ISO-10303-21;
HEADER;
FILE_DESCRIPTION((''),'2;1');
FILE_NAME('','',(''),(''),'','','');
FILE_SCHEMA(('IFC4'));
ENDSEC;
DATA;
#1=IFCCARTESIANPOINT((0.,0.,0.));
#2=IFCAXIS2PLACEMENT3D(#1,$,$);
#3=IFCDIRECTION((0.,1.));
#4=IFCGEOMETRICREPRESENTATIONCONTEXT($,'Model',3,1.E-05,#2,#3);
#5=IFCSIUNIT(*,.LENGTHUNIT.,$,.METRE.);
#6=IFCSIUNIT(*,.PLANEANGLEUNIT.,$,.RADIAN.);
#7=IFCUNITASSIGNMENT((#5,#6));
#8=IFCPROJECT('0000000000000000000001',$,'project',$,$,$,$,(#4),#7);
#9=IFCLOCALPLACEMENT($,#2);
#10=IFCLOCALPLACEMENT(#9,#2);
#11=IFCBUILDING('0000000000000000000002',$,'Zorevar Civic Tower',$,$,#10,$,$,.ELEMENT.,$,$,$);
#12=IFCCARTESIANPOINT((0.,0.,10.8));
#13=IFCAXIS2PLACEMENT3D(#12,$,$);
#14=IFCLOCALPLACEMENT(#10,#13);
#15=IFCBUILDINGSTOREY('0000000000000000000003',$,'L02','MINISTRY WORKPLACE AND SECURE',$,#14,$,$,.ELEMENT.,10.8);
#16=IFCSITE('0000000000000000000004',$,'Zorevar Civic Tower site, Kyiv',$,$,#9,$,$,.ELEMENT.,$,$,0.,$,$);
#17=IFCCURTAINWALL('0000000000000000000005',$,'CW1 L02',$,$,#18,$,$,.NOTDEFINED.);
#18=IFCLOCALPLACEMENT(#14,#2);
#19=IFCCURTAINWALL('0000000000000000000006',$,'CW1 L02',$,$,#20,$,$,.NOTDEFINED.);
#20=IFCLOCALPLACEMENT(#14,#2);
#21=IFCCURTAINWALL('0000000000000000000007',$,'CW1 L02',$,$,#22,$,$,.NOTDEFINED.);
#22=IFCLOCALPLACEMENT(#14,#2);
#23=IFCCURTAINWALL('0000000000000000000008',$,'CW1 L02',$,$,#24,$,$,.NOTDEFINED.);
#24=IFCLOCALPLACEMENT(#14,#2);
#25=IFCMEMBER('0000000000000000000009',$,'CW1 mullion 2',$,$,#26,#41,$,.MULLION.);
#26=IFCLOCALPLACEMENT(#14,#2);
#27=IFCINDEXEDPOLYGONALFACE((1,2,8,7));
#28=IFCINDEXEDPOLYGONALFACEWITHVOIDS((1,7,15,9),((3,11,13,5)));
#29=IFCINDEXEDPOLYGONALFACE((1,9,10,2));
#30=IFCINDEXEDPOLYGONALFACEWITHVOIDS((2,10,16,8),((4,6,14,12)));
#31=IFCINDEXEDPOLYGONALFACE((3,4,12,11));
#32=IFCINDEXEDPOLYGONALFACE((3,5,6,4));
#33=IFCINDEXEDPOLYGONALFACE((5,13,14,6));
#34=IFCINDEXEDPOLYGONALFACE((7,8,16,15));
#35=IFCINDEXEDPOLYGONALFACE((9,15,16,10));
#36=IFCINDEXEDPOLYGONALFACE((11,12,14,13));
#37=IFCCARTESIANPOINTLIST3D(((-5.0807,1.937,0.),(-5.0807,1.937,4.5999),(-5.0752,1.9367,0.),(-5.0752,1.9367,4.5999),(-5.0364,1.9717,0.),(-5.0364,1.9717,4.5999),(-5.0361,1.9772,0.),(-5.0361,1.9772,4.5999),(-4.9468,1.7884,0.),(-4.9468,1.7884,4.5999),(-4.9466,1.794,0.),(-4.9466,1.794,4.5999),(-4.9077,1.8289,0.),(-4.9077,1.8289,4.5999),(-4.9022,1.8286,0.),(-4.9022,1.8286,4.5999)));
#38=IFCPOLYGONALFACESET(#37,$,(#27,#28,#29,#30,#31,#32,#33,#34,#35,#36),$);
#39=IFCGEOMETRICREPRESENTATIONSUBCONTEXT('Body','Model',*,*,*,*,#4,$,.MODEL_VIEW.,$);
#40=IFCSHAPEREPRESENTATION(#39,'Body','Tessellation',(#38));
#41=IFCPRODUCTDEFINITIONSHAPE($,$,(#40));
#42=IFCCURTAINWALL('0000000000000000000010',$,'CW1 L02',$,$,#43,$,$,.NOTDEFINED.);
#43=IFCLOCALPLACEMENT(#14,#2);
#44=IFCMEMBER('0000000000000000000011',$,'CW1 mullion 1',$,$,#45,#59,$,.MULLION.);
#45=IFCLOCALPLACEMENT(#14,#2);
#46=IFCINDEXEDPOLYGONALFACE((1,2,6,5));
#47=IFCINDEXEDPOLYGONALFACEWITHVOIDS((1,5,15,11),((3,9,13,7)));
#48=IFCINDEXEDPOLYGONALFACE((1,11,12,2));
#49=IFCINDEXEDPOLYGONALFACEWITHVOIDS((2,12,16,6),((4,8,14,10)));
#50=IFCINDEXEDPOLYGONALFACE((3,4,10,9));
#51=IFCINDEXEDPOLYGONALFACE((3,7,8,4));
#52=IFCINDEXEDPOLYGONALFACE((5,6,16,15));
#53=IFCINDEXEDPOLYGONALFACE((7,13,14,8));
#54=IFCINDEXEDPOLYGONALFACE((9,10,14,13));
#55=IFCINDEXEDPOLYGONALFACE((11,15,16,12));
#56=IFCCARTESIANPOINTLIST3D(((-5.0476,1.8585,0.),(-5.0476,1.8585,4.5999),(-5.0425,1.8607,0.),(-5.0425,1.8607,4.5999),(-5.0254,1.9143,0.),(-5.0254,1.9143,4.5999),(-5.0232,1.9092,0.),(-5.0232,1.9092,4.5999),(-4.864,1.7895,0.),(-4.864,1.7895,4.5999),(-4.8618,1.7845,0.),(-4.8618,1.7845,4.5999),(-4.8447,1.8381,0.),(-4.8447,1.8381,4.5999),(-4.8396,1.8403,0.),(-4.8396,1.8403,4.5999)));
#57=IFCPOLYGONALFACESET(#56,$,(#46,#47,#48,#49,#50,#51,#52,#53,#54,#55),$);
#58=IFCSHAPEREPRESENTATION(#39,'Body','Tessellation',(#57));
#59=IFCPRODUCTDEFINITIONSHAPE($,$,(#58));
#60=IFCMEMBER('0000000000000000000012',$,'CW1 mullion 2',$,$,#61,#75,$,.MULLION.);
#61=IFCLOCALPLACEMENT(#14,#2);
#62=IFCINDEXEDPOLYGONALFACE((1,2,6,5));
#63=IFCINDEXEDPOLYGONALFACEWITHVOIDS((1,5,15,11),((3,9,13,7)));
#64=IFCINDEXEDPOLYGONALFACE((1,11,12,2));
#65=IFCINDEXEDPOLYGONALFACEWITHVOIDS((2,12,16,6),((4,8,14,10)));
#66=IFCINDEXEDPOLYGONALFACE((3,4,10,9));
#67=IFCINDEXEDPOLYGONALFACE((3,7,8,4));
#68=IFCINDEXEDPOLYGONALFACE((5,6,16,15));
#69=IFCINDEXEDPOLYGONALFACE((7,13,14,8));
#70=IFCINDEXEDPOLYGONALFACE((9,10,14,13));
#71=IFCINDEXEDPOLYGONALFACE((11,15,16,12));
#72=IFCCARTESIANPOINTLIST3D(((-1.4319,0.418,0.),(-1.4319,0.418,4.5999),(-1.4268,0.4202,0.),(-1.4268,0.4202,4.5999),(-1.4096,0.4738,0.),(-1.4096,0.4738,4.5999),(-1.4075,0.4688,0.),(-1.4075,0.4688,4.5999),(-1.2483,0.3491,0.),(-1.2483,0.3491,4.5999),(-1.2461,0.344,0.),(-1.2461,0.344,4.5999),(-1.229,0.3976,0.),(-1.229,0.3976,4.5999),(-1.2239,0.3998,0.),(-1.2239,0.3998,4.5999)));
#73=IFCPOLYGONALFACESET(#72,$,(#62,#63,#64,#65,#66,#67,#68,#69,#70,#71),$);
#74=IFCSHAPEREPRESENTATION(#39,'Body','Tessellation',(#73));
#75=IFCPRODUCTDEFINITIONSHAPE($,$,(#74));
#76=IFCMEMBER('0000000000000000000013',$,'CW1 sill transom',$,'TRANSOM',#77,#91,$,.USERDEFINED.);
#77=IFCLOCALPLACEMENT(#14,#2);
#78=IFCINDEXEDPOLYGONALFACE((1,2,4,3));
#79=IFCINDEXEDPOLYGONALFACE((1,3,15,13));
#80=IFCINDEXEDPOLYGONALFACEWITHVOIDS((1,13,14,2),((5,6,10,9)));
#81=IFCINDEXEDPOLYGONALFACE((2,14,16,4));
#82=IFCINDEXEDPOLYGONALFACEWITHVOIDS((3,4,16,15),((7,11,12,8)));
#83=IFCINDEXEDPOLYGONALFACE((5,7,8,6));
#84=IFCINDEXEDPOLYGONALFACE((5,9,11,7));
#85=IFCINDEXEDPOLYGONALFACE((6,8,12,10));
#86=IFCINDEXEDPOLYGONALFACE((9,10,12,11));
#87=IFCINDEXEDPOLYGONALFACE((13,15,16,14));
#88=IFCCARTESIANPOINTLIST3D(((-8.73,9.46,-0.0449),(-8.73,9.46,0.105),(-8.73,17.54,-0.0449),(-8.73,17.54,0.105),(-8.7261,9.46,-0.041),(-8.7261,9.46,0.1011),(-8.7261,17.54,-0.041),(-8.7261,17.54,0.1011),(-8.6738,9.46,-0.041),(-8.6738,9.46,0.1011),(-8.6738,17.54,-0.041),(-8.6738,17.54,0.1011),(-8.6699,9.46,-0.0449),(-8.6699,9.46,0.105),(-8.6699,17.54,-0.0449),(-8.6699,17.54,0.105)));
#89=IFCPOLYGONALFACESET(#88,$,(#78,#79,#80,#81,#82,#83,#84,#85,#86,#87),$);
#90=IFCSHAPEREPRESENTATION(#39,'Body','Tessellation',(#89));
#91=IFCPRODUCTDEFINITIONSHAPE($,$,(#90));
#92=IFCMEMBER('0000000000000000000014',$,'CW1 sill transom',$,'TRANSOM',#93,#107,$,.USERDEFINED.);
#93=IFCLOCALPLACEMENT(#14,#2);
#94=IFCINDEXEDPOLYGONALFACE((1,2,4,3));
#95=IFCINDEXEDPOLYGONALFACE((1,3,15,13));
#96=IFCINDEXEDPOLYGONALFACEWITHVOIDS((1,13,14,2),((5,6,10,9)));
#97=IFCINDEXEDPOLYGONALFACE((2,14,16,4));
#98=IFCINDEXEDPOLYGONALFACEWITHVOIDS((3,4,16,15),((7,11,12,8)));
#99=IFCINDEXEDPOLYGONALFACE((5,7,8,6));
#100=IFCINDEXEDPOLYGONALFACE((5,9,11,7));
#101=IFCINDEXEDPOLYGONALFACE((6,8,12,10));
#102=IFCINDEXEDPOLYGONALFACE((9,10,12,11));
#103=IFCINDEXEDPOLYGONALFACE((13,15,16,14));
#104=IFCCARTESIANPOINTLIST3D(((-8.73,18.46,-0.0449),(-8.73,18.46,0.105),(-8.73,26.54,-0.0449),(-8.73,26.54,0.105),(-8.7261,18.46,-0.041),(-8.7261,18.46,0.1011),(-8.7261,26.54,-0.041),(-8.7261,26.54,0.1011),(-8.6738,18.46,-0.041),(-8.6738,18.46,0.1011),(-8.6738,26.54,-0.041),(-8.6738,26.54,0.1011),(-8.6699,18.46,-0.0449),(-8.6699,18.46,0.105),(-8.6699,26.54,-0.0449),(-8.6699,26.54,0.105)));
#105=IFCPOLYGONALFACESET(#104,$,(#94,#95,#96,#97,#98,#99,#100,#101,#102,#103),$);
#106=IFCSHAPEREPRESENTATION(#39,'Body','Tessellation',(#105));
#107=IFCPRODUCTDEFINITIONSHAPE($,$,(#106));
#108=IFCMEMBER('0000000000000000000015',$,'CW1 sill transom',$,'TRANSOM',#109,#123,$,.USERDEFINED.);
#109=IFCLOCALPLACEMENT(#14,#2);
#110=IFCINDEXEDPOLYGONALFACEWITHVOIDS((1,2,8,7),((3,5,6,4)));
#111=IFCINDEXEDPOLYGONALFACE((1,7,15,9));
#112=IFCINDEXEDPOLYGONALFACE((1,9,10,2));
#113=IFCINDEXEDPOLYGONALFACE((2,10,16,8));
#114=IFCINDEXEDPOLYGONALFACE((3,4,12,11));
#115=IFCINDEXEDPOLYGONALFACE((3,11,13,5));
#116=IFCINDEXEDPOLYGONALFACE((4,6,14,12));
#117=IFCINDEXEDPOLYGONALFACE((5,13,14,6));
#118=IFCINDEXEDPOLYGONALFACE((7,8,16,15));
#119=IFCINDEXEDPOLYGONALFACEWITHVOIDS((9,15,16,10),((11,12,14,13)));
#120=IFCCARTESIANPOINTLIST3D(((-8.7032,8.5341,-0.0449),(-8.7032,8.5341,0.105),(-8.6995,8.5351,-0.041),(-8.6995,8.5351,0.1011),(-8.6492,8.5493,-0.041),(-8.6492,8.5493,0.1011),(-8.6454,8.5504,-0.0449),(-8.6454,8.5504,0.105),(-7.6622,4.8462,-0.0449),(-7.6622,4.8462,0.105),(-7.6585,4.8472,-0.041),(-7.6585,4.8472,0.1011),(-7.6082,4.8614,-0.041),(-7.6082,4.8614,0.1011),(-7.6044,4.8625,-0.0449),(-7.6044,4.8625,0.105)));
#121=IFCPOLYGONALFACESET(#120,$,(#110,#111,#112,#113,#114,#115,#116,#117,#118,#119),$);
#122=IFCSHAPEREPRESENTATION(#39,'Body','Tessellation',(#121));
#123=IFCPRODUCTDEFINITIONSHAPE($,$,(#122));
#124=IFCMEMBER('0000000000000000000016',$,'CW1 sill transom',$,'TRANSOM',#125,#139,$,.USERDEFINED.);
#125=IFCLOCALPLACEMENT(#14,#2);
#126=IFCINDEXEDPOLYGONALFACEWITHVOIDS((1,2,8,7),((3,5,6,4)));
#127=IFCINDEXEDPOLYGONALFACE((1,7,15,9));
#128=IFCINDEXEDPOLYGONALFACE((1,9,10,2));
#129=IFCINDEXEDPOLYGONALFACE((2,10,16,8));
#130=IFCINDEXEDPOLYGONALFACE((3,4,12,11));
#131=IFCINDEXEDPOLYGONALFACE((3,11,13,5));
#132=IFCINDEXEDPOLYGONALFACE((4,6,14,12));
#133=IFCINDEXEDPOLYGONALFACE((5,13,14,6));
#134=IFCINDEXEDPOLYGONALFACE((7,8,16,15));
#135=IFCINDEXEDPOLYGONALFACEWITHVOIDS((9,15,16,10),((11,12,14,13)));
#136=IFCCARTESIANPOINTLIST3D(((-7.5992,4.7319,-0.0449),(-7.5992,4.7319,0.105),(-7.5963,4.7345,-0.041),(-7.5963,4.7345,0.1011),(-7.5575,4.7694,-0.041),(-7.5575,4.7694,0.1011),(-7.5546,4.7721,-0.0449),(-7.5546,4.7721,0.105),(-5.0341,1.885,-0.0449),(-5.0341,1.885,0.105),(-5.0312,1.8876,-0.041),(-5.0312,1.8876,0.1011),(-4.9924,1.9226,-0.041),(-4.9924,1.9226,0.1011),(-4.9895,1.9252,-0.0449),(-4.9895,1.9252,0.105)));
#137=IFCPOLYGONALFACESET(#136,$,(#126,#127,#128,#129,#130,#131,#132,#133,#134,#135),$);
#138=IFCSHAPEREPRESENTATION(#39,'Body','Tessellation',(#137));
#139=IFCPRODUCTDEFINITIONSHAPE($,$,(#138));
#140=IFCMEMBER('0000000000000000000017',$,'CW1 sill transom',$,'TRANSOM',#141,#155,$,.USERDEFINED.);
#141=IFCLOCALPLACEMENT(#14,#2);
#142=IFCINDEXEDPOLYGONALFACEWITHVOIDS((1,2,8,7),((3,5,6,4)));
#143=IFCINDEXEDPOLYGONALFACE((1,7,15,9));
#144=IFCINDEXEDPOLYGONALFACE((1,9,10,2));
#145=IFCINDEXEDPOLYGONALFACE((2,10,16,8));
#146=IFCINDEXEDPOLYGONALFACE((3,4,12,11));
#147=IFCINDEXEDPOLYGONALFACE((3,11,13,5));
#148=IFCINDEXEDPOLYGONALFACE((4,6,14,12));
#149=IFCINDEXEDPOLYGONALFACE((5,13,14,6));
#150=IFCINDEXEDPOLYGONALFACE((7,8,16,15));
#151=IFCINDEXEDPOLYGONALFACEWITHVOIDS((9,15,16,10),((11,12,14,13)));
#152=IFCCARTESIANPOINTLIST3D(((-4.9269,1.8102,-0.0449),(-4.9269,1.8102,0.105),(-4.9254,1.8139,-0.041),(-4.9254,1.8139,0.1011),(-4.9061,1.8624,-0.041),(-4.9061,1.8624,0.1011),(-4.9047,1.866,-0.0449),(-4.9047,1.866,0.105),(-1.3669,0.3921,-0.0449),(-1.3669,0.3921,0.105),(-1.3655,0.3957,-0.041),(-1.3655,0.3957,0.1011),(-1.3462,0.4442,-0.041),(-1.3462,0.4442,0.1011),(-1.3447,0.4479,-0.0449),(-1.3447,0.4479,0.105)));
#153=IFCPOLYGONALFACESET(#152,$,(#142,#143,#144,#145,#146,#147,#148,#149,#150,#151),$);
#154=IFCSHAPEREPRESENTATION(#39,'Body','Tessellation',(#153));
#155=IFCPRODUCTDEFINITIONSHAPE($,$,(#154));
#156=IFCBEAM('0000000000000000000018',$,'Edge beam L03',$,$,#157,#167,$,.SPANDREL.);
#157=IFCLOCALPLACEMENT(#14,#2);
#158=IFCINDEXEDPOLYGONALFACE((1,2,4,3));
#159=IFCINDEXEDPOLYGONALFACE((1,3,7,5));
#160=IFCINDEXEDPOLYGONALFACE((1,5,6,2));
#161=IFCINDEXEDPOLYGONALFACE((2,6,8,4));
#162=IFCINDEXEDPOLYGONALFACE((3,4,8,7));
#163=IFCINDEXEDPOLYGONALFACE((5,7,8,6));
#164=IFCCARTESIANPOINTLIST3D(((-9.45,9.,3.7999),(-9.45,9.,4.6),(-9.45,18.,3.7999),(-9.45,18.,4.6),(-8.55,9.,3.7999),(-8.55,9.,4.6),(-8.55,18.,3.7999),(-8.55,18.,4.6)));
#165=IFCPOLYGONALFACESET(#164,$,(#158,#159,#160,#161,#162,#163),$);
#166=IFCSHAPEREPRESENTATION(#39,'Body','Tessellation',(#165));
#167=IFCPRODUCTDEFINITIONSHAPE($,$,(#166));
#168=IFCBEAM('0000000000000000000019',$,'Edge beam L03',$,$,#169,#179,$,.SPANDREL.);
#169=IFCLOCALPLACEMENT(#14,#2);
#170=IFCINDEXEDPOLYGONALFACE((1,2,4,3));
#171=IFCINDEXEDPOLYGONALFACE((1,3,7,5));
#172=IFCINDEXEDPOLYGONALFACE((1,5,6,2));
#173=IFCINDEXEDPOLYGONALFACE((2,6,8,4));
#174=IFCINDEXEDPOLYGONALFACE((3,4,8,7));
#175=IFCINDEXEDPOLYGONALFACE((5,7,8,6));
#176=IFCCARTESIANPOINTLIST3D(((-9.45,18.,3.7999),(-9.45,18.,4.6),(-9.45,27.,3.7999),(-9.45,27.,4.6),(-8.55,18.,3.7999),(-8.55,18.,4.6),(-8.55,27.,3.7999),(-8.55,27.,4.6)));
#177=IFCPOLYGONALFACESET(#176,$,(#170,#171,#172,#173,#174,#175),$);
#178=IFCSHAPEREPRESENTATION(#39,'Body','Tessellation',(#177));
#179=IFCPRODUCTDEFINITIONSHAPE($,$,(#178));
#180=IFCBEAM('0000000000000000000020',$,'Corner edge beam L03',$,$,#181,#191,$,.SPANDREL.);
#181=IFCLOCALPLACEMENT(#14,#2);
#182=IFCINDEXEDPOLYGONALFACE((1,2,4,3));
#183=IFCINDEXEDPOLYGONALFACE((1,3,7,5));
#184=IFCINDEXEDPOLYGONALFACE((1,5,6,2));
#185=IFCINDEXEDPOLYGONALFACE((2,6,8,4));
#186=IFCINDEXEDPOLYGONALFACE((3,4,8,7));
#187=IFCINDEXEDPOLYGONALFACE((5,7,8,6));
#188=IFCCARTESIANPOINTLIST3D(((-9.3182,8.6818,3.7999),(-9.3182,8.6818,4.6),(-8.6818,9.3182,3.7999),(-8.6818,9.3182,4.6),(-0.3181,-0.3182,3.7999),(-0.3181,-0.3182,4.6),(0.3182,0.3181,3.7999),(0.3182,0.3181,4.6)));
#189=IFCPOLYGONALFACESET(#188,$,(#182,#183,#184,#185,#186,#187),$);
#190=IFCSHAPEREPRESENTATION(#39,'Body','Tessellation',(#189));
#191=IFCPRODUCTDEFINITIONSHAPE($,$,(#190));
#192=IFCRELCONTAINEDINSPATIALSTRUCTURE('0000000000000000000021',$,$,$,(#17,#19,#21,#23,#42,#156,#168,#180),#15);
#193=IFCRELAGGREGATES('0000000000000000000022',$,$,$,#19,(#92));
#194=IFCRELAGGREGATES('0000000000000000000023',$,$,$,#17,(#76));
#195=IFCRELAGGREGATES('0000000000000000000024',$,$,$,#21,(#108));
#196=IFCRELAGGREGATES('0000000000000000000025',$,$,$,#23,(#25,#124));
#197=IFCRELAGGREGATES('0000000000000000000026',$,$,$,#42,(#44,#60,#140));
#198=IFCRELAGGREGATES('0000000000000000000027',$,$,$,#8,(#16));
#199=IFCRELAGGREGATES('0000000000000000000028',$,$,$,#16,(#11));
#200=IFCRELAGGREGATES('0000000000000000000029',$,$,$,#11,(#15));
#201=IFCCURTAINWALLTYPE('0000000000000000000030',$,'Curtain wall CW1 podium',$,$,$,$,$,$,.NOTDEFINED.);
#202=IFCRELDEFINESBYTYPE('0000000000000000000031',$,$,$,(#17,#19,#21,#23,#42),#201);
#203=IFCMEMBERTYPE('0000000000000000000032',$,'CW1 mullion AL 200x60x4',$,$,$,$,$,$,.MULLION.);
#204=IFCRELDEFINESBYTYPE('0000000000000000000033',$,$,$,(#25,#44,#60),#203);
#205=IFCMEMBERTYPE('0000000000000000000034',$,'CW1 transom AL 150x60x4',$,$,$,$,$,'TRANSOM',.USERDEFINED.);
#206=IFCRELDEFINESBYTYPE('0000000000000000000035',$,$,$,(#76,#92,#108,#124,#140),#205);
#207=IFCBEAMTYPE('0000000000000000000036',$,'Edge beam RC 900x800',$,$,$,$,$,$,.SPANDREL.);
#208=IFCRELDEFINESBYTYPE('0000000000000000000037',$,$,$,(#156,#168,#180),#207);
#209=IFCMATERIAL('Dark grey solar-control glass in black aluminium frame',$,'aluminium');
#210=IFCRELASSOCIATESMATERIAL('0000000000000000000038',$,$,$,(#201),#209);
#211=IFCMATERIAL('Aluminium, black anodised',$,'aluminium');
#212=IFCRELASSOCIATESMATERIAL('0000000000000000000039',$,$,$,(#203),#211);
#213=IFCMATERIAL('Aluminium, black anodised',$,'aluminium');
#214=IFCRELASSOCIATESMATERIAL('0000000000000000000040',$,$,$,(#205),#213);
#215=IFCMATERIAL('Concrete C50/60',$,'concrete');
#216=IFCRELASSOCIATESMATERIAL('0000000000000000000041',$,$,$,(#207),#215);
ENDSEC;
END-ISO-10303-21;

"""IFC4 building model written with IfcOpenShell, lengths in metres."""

from ifc_helpers import new_model, si_unit, direction, frame, origin, origin_2d, place, context, subcontext, project, spatial, rectangle, hollow_rectangle, extrude, material, material_profile, profile_set, type_object, element, aggregate, save


model = new_model("IFC4")

# Units and contexts
model_context = context("Model", 3, precision=1e-05, world=origin(), true_north=direction((0.0, 1.0)))
body_context = subcontext(model_context, "Body", "Model", "MODEL_VIEW")
ifc_project = project(units=[si_unit("LENGTHUNIT", "METRE"), si_unit("PLANEANGLEUNIT", "RADIAN")], contexts=[model_context])

# Site, building, storey
site_placement = place(None, origin())
site = spatial("IfcSite", under=ifc_project, at=site_placement, Name="Zorevar Civic Tower site, Kyiv", CompositionType="ELEMENT", RefElevation=0.0)
building_placement = place(site_placement, origin())
building = spatial("IfcBuilding", under=site, at=building_placement, Name="Zorevar Civic Tower", CompositionType="ELEMENT")
storey_placement = place(building_placement, frame((0.0, 0.0, 10.8)))
storey = spatial("IfcBuildingStorey", under=building, at=storey_placement, Name="L02", Description="MINISTRY WORKPLACE AND SECURE", CompositionType="ELEMENT", Elevation=10.8)

# Curtain wall
ifc_material_1 = material(Name="Dark grey solar-control glass in black aluminium frame", Category="aluminium")
curtain_wall_type = type_object("IfcCurtainWallType", Name="Curtain wall CW1 podium", PredefinedType="NOTDEFINED", material=ifc_material_1)
curtain_wall_1_placement = place(storey_placement, origin())
curtain_wall_1 = element("IfcCurtainWall", 1, at=curtain_wall_1_placement, inside=storey, type_object=curtain_wall_type, Name="CW1 L02", PredefinedType="NOTDEFINED")
ifc_material_2 = material(Name="Aluminium, black anodised", Category="aluminium")
ifc_material_profile_1 = material_profile(ifc_material_2, hollow_rectangle(XDim=0.0601, YDim=0.2, WallThickness=0.0039, at=origin_2d()), Name="AL 200x60x4")
ifc_profile_set_1 = profile_set([ifc_material_profile_1], Name="Aluminium, black anodised")
member_type_1 = type_object("IfcMemberType", Name="CW1 mullion AL 200x60x4", PredefinedType="MULLION", material=ifc_profile_set_1)

# Curtain wall
curtain_wall_2_placement = place(storey_placement, origin())
curtain_wall_2 = element("IfcCurtainWall", 2, at=curtain_wall_2_placement, inside=storey, type_object=curtain_wall_type, Name="CW1 L02", PredefinedType="NOTDEFINED")

# Curtain walls, members
curtain_wall_3_placement = place(storey_placement, origin())
curtain_wall_3 = element("IfcCurtainWall", 3, at=curtain_wall_3_placement, inside=storey, type_object=curtain_wall_type, Name="CW1 L02", PredefinedType="NOTDEFINED")
curtain_wall_4_placement = place(storey_placement, origin())
curtain_wall_4 = element("IfcCurtainWall", 4, at=curtain_wall_4_placement, inside=storey, type_object=curtain_wall_type, Name="CW1 L02", PredefinedType="NOTDEFINED")
member_1_placement = place(storey_placement, frame((-4.9915, 1.8828, 0.0), z_axis=(0.0, 0.0, 1.0), x_axis=(0.7429, 0.669403, 0.0)))
member_1 = element("IfcMember", 5, at=member_1_placement, type_object=member_type_1, Name="CW1 mullion 2", PredefinedType="MULLION", context=body_context, shape_type="SweptSolid", body=[
    extrude(hollow_rectangle(XDim=0.0601, YDim=0.2, WallThickness=0.0039, at=origin_2d()), origin(), (0.0, 0.0, 1.0), 4.5999),
])
curtain_wall_5_placement = place(storey_placement, origin())
curtain_wall_5 = element("IfcCurtainWall", 6, at=curtain_wall_5_placement, inside=storey, type_object=curtain_wall_type, Name="CW1 L02", PredefinedType="NOTDEFINED")
member_2_placement = place(storey_placement, frame((-4.9436, 1.8494, 0.0), z_axis=(0.0, 0.0, 1.0), x_axis=(0.370111, 0.928988, 0.0)))
member_2 = element("IfcMember", 7, at=member_2_placement, type_object=member_type_1, Name="CW1 mullion 1", PredefinedType="MULLION", context=body_context, shape_type="SweptSolid", body=[
    extrude(hollow_rectangle(XDim=0.0601, YDim=0.2, WallThickness=0.0039, at=origin_2d()), origin(), (0.0, 0.0, 1.0), 4.5999),
])
member_3_placement = place(storey_placement, frame((-1.3279, 0.4089, 0.0), z_axis=(0.0, 0.0, 1.0), x_axis=(0.370111, 0.928988, 0.0)))
member_3 = element("IfcMember", 8, at=member_3_placement, type_object=member_type_1, Name="CW1 mullion 2", PredefinedType="MULLION", context=body_context, shape_type="SweptSolid", body=[
    extrude(hollow_rectangle(XDim=0.0601, YDim=0.2, WallThickness=0.0039, at=origin_2d()), origin(), (0.0, 0.0, 1.0), 4.5999),
])

# Members
ifc_material_3 = material(Name="Aluminium, black anodised", Category="aluminium")
ifc_material_profile_2 = material_profile(ifc_material_3, hollow_rectangle(XDim=0.0601, YDim=0.1499, WallThickness=0.0039, at=origin_2d()), Name="AL 150x60x4")
ifc_profile_set_2 = profile_set([ifc_material_profile_2], Name="Aluminium, black anodised")
member_type_2 = type_object("IfcMemberType", Name="CW1 transom AL 150x60x4", ElementType="TRANSOM", PredefinedType="USERDEFINED", material=ifc_profile_set_2)
member_4_placement = place(storey_placement, frame((-8.7, 9.46, 0.03), z_axis=(0.0, 1.0, 0.0), x_axis=(-1.0, 0.0, 0.0)))
member_4 = element("IfcMember", 9, at=member_4_placement, type_object=member_type_2, Name="CW1 sill transom", ObjectType="TRANSOM", PredefinedType="USERDEFINED", context=body_context, shape_type="SweptSolid", body=[
    extrude(hollow_rectangle(XDim=0.0601, YDim=0.1499, WallThickness=0.0039, at=origin_2d()), origin(), (0.0, 0.0, 1.0), 8.0801),
])
member_5_placement = place(storey_placement, frame((-8.7, 18.46, 0.03), z_axis=(0.0, 1.0, 0.0), x_axis=(-1.0, 0.0, 0.0)))
member_5 = element("IfcMember", 10, at=member_5_placement, type_object=member_type_2, Name="CW1 sill transom", ObjectType="TRANSOM", PredefinedType="USERDEFINED", context=body_context, shape_type="SweptSolid", body=[
    extrude(hollow_rectangle(XDim=0.0601, YDim=0.1499, WallThickness=0.0039, at=origin_2d()), origin(), (0.0, 0.0, 1.0), 8.0801),
])
aggregate(curtain_wall_2, [member_5])
member_6_placement = place(storey_placement, frame((-8.6743, 8.5422, 0.03), z_axis=(0.271657, -0.962394, 0.0), x_axis=(0.962394, 0.271657, 0.0)))
member_6 = element("IfcMember", 11, at=member_6_placement, type_object=member_type_2, Name="CW1 sill transom", ObjectType="TRANSOM", PredefinedType="USERDEFINED", context=body_context, shape_type="SweptSolid", body=[
    extrude(hollow_rectangle(XDim=0.0601, YDim=0.1499, WallThickness=0.0039, at=origin_2d()), origin(), (0.0, 0.0, 1.0), 3.832),
])
member_7_placement = place(storey_placement, frame((-7.5769, 4.752, 0.03), z_axis=(0.669391, -0.742911, 0.0), x_axis=(0.742911, 0.669391, 0.0)))
member_7 = element("IfcMember", 12, at=member_7_placement, type_object=member_type_2, Name="CW1 sill transom", ObjectType="TRANSOM", PredefinedType="USERDEFINED", context=body_context, shape_type="SweptSolid", body=[
    extrude(hollow_rectangle(XDim=0.0601, YDim=0.1499, WallThickness=0.0039, at=origin_2d()), origin(), (0.0, 0.0, 1.0), 3.832),
])
member_8_placement = place(storey_placement, frame((-4.9158, 1.8381, 0.03), z_axis=(0.928999, -0.370083, 0.0), x_axis=(0.370083, 0.928999, 0.0)))
member_8 = element("IfcMember", 13, at=member_8_placement, type_object=member_type_2, Name="CW1 sill transom", ObjectType="TRANSOM", PredefinedType="USERDEFINED", context=body_context, shape_type="SweptSolid", body=[
    extrude(hollow_rectangle(XDim=0.0601, YDim=0.1499, WallThickness=0.0039, at=origin_2d()), origin(), (0.0, 0.0, 1.0), 3.832),
])

# Beams
ifc_material_4 = material(Name="Concrete C50/60", Category="concrete")
ifc_material_profile_3 = material_profile(ifc_material_4, rectangle(XDim=0.8999, YDim=0.8, at=origin_2d()), Name="RC 900x800")
ifc_profile_set_3 = profile_set([ifc_material_profile_3], Name="Concrete C50/60")
beam_type_1 = type_object("IfcBeamType", Name="Edge beam RC 900x800", PredefinedType="SPANDREL", material=ifc_profile_set_3)
for number, where, z_axis, x_axis, name in (
    (14, (-9.0, 9.0, 4.2), (0.0, 1.0, 0.0), (-1.0, 0.0, 0.0), "Edge beam L03"),
    (15, (-9.0, 18.0, 4.2), (0.0, 1.0, 0.0), (-1.0, 0.0, 0.0), "Edge beam L03"),
):
    element("IfcBeam", number, at=place(storey_placement, frame(where, z_axis=z_axis, x_axis=x_axis)), inside=storey, type_object=beam_type_1, Name=name, PredefinedType="SPANDREL", context=body_context, shape_type="SweptSolid", body=[
        extrude(rectangle(XDim=0.8999, YDim=0.8, at=origin_2d()), origin(), (0.0, 0.0, 1.0), 9.0),
    ])
beam_1_placement = place(storey_placement, frame((-9.0, 9.0, 4.2), z_axis=(0.707107, -0.707107, 0.0), x_axis=(0.707107, 0.707107, 0.0)))
element("IfcBeam", 16, at=beam_1_placement, inside=storey, type_object=beam_type_1, Name="Corner edge beam L03", PredefinedType="SPANDREL", context=body_context, shape_type="SweptSolid", body=[
    extrude(rectangle(XDim=0.8999, YDim=0.8, at=origin_2d()), origin(), (0.0, 0.0, 1.0), 12.728),
])

aggregate(curtain_wall_1, [member_4])
aggregate(curtain_wall_3, [member_6])
aggregate(curtain_wall_4, [member_1, member_7])
aggregate(curtain_wall_5, [member_2, member_3, member_8])

save(model, "model.ifc")
